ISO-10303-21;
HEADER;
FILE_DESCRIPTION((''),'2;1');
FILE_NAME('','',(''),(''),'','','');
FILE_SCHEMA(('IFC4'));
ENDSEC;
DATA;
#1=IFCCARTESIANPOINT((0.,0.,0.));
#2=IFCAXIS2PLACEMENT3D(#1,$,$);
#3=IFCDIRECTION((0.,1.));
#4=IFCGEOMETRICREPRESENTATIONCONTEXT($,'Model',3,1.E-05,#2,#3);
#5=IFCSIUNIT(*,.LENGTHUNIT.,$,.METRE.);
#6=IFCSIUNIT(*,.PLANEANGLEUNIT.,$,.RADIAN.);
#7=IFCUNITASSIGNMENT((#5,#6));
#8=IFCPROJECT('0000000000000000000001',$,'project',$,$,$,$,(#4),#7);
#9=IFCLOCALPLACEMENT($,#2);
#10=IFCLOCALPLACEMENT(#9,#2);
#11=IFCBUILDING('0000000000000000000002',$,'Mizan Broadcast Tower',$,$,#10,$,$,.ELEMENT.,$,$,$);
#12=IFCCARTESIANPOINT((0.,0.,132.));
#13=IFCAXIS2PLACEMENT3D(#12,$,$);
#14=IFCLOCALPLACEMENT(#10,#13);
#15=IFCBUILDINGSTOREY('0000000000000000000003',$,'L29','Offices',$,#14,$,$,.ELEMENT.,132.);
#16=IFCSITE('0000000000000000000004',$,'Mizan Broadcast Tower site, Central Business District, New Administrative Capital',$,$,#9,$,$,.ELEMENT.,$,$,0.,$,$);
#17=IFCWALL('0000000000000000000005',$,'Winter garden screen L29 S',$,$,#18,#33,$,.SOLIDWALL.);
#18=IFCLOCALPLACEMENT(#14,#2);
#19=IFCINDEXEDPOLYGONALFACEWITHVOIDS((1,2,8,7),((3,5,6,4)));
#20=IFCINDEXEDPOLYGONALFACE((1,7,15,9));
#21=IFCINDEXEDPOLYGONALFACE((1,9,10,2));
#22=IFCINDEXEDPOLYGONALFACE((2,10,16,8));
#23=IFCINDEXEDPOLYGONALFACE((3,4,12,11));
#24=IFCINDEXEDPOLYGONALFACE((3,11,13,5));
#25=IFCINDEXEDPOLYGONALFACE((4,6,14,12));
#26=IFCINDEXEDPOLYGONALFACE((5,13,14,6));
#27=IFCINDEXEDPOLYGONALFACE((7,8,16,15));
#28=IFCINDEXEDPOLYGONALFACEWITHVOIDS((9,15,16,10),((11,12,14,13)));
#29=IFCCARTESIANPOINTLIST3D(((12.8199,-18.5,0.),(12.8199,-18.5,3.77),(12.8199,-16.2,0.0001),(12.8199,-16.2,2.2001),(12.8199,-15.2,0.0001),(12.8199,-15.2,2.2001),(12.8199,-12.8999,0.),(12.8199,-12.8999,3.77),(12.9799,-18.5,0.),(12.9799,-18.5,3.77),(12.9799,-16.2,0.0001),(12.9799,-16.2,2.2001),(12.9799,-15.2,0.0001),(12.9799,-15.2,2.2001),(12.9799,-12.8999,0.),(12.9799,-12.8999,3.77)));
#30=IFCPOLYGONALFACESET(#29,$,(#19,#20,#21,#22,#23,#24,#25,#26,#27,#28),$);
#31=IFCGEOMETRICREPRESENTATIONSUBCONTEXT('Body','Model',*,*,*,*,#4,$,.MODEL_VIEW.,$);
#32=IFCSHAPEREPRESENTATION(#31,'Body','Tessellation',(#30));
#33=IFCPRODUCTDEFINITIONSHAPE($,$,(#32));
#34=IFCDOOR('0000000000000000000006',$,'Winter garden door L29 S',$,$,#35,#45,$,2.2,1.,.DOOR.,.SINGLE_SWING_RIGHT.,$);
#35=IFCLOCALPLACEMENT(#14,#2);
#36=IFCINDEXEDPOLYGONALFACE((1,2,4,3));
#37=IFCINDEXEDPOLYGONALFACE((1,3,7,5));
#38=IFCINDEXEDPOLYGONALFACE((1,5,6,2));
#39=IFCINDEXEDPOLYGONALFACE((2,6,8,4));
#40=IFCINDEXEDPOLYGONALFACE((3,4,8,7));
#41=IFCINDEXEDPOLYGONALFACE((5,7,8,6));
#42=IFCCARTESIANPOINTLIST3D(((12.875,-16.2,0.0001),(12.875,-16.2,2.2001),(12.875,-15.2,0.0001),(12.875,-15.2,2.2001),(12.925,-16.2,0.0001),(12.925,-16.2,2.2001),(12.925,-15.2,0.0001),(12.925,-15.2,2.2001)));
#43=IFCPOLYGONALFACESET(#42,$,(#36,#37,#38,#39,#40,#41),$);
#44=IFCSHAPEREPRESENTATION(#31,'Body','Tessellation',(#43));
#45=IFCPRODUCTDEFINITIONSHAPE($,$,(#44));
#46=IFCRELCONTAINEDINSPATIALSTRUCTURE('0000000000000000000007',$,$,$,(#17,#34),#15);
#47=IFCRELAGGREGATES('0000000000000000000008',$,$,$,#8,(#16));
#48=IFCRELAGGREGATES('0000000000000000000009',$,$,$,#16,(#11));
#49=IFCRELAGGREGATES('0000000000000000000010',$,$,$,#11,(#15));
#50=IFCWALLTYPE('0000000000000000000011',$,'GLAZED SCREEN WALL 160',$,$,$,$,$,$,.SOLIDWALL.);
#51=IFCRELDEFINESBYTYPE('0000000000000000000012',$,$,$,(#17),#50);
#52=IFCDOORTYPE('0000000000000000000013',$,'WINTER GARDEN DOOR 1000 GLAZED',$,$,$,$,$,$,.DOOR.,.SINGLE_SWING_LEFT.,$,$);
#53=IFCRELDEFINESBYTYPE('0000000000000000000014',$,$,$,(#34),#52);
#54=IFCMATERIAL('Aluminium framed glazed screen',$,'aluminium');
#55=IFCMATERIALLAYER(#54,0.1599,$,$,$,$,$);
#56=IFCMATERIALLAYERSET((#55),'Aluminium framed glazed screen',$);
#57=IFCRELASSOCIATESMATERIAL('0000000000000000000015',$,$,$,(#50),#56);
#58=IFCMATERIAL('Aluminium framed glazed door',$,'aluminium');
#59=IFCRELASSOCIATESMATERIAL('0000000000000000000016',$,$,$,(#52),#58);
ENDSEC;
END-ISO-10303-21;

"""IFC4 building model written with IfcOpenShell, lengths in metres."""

from ifc_helpers import new_model, si_unit, direction, frame, frame_2d, origin, place, context, subcontext, project, spatial, rectangle, extrude, material, layer, layer_set, type_object, element, fill, save


model = new_model("IFC4")

# Units and contexts
model_context = context("Model", 3, precision=1e-05, world=origin(), true_north=direction((0.0, 1.0)))
body_context = subcontext(model_context, "Body", "Model", "MODEL_VIEW")
ifc_project = project(units=[si_unit("LENGTHUNIT", "METRE"), si_unit("PLANEANGLEUNIT", "RADIAN")], contexts=[model_context])

# Site, building, storey
site_placement = place(None, origin())
site = spatial("IfcSite", under=ifc_project, at=site_placement, Name="Mizan Broadcast Tower site, Central Business District, New Administrative Capital", CompositionType="ELEMENT", RefElevation=0.0)
building_placement = place(site_placement, origin())
building = spatial("IfcBuilding", under=site, at=building_placement, Name="Mizan Broadcast Tower", CompositionType="ELEMENT")
storey_placement = place(building_placement, frame((0.0, 0.0, 132.0)))
storey = spatial("IfcBuildingStorey", under=building, at=storey_placement, Name="L29", Description="Offices", CompositionType="ELEMENT", Elevation=132.0)

# Wall, opening, door
ifc_material_1 = material(Name="Aluminium framed glazed screen", Category="aluminium")
ifc_layer_1 = layer(ifc_material_1, 0.1599)
ifc_layer_set_1 = layer_set([ifc_layer_1], Name="Aluminium framed glazed screen")
wall_type = type_object("IfcWallType", Name="GLAZED SCREEN WALL 160", PredefinedType="SOLIDWALL", material=ifc_layer_set_1)
wall_placement = place(storey_placement, frame((12.8999, -18.5, 0.0), z_axis=(0.0, 0.0, 1.0), x_axis=(0.0, 1.0, 0.0)))
wall = element("IfcWall", 1, at=wall_placement, inside=storey, type_object=wall_type, Name="Winter garden screen L29 S", PredefinedType="SOLIDWALL", context=body_context, shape_type="SweptSolid", body=[
    extrude(rectangle(XDim=5.6001, YDim=0.1599, at=frame_2d((2.8, 0.0))), origin(), (0.0, 0.0, 1.0), 3.77),
])
opening_placement = place(wall_placement, frame((2.3, 0.0, 0.0)))
opening = element("IfcOpeningElement", 2, at=opening_placement, cuts=wall, PredefinedType="OPENING", context=body_context, shape_type="SweptSolid", body=[
    extrude(rectangle(XDim=1.0, YDim=2.2, at=frame_2d((0.5, 1.1001))), frame((0.0, 0.0898, 0.0), z_axis=(0.0, -1.0, 0.0), x_axis=(1.0, 0.0, 0.0)), (0.0, 0.0, 1.0), 0.1799),
])
ifc_material_2 = material(Name="Aluminium framed glazed door", Category="aluminium")
door_type = type_object("IfcDoorType", Name="WINTER GARDEN DOOR 1000 GLAZED", OperationType="SINGLE_SWING_LEFT", PredefinedType="DOOR", material=ifc_material_2)
door_placement = place(opening_placement, origin())
door = element("IfcDoor", 3, at=door_placement, inside=storey, type_object=door_type, Name="Winter garden door L29 S", OperationType="SINGLE_SWING_RIGHT", OverallHeight=2.2, OverallWidth=1.0, PredefinedType="DOOR", context=body_context, shape_type="SweptSolid", body=[
    extrude(rectangle(XDim=1.0, YDim=2.2, at=frame_2d((0.5, 1.1001))), frame((0.0, 0.0249, 0.0), z_axis=(0.0, -1.0, 0.0), x_axis=(1.0, 0.0, 0.0)), (0.0, 0.0, 1.0), 0.05),
])
fill(opening, door)

save(model, "model.ifc")
